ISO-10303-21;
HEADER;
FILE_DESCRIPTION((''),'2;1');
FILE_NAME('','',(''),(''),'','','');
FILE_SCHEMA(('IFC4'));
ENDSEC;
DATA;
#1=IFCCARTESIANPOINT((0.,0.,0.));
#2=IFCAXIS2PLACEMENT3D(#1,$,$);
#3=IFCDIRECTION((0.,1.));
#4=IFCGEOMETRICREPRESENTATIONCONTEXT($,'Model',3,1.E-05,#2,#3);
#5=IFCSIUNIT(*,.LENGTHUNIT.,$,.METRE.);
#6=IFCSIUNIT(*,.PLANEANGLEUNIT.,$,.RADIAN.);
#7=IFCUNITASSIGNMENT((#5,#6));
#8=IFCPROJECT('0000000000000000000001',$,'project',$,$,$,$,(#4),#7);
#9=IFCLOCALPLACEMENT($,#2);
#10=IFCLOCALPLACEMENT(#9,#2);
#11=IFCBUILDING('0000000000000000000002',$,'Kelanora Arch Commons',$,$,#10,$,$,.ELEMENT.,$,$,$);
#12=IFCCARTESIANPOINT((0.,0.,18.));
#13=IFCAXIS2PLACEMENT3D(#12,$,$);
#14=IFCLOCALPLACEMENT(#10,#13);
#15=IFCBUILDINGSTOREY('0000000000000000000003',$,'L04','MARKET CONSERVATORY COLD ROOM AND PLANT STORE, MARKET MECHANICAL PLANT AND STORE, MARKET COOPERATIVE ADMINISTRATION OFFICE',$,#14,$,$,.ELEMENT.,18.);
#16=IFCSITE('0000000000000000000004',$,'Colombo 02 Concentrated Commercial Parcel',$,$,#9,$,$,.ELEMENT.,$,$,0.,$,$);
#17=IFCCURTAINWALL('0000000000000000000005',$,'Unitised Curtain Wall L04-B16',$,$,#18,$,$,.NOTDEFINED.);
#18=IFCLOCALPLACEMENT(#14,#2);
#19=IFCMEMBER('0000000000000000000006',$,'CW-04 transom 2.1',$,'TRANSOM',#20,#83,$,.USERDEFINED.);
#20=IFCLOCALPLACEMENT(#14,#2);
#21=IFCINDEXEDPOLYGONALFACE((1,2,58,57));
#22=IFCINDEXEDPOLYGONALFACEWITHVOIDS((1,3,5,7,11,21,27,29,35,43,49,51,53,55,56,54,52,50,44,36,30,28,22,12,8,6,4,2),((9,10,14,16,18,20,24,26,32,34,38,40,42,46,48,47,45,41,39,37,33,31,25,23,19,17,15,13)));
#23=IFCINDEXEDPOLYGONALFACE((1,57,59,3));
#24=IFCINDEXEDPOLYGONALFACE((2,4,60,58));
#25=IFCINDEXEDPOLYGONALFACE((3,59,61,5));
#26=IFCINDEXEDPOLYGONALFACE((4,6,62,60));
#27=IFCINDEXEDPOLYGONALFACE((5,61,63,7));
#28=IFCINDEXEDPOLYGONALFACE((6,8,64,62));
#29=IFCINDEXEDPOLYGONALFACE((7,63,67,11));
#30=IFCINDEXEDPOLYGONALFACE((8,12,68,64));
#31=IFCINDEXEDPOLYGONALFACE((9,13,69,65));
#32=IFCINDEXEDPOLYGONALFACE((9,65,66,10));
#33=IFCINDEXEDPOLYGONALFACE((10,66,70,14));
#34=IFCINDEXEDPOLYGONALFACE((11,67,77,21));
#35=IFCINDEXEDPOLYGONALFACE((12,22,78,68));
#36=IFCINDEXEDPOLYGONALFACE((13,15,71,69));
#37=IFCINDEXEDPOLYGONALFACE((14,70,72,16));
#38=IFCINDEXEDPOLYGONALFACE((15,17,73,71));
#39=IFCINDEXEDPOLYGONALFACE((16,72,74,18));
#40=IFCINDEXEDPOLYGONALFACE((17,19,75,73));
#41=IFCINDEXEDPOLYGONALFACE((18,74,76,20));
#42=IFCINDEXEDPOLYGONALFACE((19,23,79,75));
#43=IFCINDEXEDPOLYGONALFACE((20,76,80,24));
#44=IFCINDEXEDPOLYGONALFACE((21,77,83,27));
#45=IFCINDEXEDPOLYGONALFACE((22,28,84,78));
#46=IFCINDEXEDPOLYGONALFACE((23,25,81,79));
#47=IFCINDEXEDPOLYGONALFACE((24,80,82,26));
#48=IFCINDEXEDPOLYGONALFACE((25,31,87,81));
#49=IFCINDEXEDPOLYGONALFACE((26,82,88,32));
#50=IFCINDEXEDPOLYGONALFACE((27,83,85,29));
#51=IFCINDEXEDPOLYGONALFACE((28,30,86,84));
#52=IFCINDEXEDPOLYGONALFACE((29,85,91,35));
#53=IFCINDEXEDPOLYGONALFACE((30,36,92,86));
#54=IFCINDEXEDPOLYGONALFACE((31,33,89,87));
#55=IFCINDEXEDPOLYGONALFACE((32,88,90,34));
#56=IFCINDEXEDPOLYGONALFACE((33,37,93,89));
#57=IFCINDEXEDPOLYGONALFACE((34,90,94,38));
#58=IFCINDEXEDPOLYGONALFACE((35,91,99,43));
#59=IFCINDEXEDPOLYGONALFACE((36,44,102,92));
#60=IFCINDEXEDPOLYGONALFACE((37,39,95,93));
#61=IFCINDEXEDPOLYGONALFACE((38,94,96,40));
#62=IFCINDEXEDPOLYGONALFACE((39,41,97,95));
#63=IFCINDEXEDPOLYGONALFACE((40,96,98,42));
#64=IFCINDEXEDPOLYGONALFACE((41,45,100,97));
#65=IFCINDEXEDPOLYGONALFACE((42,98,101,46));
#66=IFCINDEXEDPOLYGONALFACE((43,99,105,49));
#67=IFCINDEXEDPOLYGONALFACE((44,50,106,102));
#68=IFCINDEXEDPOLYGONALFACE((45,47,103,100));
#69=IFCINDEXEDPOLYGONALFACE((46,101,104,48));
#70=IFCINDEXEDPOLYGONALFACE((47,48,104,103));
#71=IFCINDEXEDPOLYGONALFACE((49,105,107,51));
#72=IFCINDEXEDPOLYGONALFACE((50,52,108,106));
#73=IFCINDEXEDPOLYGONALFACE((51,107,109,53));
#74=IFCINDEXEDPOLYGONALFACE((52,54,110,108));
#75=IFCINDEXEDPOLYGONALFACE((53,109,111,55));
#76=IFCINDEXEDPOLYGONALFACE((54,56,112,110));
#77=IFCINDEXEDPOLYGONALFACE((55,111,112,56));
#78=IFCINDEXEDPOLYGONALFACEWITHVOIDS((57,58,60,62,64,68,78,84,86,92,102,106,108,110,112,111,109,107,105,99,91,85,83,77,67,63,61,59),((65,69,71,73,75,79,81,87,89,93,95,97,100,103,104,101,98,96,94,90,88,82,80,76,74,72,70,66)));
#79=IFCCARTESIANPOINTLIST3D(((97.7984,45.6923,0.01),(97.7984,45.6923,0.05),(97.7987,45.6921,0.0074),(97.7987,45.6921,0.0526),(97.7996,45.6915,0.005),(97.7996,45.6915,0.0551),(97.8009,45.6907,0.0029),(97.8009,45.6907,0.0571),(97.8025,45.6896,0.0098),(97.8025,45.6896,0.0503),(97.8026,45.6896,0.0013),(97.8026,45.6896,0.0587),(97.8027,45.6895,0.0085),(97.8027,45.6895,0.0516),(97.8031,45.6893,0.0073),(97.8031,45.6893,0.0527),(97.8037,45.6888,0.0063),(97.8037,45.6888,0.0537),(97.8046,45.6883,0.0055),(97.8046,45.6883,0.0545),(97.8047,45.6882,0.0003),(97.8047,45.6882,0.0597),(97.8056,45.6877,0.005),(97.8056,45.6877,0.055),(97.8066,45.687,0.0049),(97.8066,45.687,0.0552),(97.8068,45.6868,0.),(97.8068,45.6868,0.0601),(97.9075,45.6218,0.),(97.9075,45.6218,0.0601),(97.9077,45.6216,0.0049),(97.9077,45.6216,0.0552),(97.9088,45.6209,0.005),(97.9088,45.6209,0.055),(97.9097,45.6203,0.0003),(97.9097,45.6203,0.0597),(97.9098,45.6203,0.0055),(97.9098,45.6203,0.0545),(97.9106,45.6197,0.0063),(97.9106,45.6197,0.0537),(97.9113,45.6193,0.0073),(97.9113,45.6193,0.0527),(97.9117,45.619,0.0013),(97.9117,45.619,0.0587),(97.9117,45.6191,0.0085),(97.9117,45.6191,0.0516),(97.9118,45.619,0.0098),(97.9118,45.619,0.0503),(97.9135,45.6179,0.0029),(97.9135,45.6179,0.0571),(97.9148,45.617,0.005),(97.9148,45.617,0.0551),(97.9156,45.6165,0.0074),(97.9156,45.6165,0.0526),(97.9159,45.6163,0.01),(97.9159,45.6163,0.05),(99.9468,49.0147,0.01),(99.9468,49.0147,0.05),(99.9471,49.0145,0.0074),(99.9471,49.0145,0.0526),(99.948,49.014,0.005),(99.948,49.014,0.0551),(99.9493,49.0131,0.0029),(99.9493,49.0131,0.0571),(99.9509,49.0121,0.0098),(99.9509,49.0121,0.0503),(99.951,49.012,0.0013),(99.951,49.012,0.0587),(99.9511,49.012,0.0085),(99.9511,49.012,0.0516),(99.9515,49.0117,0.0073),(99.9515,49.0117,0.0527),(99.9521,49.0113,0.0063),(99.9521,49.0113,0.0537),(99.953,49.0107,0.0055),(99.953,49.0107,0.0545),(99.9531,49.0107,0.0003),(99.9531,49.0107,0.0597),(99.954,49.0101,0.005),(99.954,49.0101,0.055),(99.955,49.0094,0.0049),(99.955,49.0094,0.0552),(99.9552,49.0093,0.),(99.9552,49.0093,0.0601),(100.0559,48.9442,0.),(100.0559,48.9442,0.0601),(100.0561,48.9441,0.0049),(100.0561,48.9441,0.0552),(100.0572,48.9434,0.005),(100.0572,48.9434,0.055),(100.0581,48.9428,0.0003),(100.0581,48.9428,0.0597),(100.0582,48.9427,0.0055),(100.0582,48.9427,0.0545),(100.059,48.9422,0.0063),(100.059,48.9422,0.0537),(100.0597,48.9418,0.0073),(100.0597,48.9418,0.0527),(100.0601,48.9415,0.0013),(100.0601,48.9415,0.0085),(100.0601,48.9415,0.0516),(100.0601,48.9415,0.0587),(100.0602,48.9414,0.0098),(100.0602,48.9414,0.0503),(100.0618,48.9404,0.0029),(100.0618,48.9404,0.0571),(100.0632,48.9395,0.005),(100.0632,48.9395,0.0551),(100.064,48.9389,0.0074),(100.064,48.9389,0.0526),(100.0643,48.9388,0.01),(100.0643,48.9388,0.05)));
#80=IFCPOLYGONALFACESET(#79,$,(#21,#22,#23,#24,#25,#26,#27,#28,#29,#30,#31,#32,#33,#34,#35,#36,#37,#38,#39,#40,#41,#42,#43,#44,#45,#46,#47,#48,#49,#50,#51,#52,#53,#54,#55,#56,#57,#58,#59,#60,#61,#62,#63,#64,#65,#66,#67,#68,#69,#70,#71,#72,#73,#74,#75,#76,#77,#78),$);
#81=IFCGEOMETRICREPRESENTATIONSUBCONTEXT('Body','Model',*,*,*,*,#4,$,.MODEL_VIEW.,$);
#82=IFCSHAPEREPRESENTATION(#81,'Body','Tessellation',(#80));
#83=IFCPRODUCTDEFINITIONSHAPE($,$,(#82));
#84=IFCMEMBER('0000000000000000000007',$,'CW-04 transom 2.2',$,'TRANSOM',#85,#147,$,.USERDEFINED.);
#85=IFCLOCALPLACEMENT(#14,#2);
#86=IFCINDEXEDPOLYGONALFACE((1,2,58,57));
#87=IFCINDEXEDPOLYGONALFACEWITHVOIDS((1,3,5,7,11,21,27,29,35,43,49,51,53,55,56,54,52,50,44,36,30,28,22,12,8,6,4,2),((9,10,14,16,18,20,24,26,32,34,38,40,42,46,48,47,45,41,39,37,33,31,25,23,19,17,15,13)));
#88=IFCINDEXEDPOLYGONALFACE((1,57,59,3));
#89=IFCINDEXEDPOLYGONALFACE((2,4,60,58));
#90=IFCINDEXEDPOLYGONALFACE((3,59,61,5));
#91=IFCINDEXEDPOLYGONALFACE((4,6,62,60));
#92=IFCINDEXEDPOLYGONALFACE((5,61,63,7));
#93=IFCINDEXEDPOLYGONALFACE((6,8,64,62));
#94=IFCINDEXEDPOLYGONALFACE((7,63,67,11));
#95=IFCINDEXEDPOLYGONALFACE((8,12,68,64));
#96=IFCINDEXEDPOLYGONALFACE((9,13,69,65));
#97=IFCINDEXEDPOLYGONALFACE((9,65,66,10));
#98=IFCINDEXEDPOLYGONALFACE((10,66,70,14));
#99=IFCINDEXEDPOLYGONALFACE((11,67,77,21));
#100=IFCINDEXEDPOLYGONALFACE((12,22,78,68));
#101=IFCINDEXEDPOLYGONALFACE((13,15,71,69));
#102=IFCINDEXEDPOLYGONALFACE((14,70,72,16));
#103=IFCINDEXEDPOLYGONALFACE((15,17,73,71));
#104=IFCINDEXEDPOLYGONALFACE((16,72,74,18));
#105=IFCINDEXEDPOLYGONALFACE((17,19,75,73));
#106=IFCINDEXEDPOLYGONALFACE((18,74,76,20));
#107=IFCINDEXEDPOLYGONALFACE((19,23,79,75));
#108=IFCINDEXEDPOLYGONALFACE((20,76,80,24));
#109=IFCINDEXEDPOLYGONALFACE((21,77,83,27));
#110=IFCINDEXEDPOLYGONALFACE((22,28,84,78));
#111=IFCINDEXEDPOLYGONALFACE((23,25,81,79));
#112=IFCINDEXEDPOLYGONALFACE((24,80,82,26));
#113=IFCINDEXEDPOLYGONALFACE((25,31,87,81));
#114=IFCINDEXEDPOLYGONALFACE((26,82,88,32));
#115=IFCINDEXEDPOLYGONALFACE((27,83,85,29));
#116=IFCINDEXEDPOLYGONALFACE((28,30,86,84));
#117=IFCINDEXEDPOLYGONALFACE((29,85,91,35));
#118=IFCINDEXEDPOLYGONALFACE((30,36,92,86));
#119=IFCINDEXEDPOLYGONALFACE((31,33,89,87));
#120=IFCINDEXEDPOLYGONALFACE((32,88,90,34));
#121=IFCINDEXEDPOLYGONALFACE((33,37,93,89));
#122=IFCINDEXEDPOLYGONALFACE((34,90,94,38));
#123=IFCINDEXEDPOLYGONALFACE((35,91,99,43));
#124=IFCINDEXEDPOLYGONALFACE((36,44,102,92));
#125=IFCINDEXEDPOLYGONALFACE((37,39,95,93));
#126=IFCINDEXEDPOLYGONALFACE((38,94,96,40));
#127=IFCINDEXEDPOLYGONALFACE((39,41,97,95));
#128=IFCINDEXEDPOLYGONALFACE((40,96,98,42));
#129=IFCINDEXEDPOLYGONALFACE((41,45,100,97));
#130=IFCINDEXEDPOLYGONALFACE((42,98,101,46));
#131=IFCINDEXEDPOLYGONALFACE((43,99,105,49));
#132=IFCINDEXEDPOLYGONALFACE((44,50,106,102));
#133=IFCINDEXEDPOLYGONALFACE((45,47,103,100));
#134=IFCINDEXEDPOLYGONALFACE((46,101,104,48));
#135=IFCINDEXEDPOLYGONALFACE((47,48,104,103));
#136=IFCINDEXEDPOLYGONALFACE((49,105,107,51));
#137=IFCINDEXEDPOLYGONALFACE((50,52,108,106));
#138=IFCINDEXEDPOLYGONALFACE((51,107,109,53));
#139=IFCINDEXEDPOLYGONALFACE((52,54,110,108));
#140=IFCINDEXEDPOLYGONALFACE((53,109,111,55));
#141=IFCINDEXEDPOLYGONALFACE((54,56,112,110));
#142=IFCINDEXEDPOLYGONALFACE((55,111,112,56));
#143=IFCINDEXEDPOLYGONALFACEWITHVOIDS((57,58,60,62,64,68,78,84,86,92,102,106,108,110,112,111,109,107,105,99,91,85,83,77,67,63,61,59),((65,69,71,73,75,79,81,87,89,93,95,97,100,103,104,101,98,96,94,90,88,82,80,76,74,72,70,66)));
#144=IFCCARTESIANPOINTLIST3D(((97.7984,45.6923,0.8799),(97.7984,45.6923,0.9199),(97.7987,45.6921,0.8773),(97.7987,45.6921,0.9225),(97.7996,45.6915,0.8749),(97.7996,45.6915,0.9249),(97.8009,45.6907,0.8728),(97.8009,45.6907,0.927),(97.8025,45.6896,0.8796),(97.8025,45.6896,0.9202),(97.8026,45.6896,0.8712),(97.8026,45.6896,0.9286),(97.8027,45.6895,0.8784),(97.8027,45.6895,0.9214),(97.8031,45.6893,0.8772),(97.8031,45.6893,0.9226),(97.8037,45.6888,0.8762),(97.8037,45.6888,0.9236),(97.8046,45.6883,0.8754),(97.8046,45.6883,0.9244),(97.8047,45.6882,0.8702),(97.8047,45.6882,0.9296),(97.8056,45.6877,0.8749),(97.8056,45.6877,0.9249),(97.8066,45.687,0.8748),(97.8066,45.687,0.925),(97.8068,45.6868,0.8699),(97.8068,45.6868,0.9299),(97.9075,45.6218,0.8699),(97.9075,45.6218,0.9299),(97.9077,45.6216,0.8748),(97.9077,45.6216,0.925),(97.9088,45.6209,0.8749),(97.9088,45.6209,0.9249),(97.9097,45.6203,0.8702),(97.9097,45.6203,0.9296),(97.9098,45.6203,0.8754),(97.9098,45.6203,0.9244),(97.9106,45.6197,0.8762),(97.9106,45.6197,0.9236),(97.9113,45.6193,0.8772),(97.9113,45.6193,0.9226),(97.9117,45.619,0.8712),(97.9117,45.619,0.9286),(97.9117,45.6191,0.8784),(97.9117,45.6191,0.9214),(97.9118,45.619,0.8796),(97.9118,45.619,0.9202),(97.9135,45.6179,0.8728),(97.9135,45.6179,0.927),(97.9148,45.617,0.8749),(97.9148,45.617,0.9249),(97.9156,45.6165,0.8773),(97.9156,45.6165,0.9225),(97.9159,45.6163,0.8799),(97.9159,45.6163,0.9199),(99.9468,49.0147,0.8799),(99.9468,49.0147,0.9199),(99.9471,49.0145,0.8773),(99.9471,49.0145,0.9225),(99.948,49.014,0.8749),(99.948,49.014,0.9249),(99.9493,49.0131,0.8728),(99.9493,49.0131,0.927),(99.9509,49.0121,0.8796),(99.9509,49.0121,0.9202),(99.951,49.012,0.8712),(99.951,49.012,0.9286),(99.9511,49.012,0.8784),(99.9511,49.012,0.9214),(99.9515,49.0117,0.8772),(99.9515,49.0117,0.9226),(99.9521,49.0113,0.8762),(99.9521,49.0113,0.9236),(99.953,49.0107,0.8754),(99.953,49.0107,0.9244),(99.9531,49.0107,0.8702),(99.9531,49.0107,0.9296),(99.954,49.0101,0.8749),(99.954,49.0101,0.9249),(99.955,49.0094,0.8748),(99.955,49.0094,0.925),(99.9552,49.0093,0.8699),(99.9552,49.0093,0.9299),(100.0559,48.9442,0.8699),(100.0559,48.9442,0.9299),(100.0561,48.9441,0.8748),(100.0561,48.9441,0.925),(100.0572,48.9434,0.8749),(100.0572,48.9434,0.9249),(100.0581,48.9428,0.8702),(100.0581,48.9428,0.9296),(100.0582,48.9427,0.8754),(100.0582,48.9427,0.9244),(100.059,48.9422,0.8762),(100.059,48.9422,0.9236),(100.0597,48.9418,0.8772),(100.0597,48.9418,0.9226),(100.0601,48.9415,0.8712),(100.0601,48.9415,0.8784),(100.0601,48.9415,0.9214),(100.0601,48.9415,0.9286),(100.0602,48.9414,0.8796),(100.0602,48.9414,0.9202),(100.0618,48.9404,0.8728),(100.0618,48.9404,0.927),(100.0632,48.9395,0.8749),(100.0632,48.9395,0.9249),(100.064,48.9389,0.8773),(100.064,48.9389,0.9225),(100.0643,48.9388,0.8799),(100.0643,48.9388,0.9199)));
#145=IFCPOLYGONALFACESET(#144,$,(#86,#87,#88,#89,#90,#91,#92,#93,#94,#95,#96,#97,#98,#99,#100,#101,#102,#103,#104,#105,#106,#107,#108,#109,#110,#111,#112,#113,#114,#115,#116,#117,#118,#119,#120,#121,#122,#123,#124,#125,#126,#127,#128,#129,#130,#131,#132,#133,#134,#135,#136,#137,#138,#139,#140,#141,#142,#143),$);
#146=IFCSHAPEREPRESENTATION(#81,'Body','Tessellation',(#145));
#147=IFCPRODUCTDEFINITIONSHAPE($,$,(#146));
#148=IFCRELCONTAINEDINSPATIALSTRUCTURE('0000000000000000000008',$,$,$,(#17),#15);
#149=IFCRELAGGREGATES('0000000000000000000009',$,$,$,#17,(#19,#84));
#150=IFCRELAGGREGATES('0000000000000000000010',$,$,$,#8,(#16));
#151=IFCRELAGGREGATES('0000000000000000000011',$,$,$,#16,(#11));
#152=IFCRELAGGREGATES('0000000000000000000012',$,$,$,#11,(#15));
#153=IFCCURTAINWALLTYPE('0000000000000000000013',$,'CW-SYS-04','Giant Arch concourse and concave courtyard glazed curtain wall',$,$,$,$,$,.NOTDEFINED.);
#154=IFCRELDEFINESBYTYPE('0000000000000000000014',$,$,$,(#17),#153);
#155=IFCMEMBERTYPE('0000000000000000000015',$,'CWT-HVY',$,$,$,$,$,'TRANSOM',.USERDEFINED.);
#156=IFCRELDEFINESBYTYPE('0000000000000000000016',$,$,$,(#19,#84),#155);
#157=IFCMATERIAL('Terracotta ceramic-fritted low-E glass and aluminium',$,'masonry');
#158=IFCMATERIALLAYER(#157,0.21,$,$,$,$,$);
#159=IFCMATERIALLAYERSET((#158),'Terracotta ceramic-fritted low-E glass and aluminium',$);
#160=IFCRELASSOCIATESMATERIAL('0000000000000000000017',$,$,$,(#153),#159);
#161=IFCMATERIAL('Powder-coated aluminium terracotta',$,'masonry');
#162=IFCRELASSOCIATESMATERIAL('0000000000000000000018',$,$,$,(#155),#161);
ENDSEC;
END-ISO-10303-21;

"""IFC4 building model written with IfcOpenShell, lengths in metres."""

from ifc_helpers import new_model, si_unit, direction, frame, origin, origin_2d, place, context, subcontext, project, spatial, hollow_rectangle, extrude, material, layer, layer_set, material_profile, profile_set, type_object, element, aggregate, save


model = new_model("IFC4")

# Units and contexts
model_context = context("Model", 3, precision=1e-05, world=origin(), true_north=direction((0.0, 1.0)))
body_context = subcontext(model_context, "Body", "Model", "MODEL_VIEW")
ifc_project = project(units=[si_unit("LENGTHUNIT", "METRE"), si_unit("PLANEANGLEUNIT", "RADIAN")], contexts=[model_context])

# Site, building, storey
site_placement = place(None, origin())
site = spatial("IfcSite", under=ifc_project, at=site_placement, Name="Colombo 02 Concentrated Commercial Parcel", CompositionType="ELEMENT", RefElevation=0.0)
building_placement = place(site_placement, origin())
building = spatial("IfcBuilding", under=site, at=building_placement, Name="Kelanora Arch Commons", CompositionType="ELEMENT")
storey_placement = place(building_placement, frame((0.0, 0.0, 18.0)))
storey = spatial("IfcBuildingStorey", under=building, at=storey_placement, Name="L04", Description="MARKET CONSERVATORY COLD ROOM AND PLANT STORE, MARKET MECHANICAL PLANT AND STORE, MARKET COOPERATIVE ADMINISTRATION OFFICE", CompositionType="ELEMENT", Elevation=18.0)

# Curtain wall, members
ifc_material_1 = material(Name="Terracotta ceramic-fritted low-E glass and aluminium", Category="masonry")
ifc_layer_1 = layer(ifc_material_1, 0.21)
ifc_layer_set_1 = layer_set([ifc_layer_1], Name="Terracotta ceramic-fritted low-E glass and aluminium")
curtain_wall_type = type_object("IfcCurtainWallType", Name="CW-SYS-04", Description="Giant Arch concourse and concave courtyard glazed curtain wall", PredefinedType="NOTDEFINED", material=ifc_layer_set_1)
curtain_wall_placement = place(storey_placement, origin())
curtain_wall = element("IfcCurtainWall", 1, at=curtain_wall_placement, inside=storey, type_object=curtain_wall_type, Name="Unitised Curtain Wall L04-B16", PredefinedType="NOTDEFINED")
ifc_material_2 = material(Name="Powder-coated aluminium terracotta", Category="masonry")
ifc_material_profile_1 = material_profile(ifc_material_2, hollow_rectangle(XDim=0.1399, YDim=0.0601, WallThickness=0.0049, InnerFilletRadius=0.0049, OuterFilletRadius=0.01, at=origin_2d()), Name="CWT140x60")
ifc_profile_set_1 = profile_set([ifc_material_profile_1], Name="Powder-coated aluminium terracotta")
member_type_1 = type_object("IfcMemberType", Name="CWT-HVY", ElementType="TRANSOM", PredefinedType="USERDEFINED", material=ifc_profile_set_1)
member_1_placement = place(storey_placement, frame((97.8572, 45.6543, 0.03), z_axis=(0.542998, 0.839734, 0.0), x_axis=(-0.839734, 0.542998, 0.0)))
member_1 = element("IfcMember", 2, at=member_1_placement, type_object=member_type_1, Name="CW-04 transom 2.1", ObjectType="TRANSOM", PredefinedType="USERDEFINED", context=body_context, shape_type="SweptSolid", body=[
    extrude(hollow_rectangle(XDim=0.1399, YDim=0.0601, WallThickness=0.0049, InnerFilletRadius=0.0049, OuterFilletRadius=0.01, at=origin_2d()), origin(), (0.0, 0.0, 1.0), 3.9565),
])
member_2_placement = place(storey_placement, frame((97.8572, 45.6543, 0.8999), z_axis=(0.542998, 0.839734, 0.0), x_axis=(-0.839734, 0.542998, 0.0)))
member_2 = element("IfcMember", 3, at=member_2_placement, type_object=member_type_1, Name="CW-04 transom 2.2", ObjectType="TRANSOM", PredefinedType="USERDEFINED", context=body_context, shape_type="SweptSolid", body=[
    extrude(hollow_rectangle(XDim=0.1399, YDim=0.0601, WallThickness=0.0049, InnerFilletRadius=0.0049, OuterFilletRadius=0.01, at=origin_2d()), origin(), (0.0, 0.0, 1.0), 3.9565),
])
aggregate(curtain_wall, [member_1, member_2])

save(model, "model.ifc")
